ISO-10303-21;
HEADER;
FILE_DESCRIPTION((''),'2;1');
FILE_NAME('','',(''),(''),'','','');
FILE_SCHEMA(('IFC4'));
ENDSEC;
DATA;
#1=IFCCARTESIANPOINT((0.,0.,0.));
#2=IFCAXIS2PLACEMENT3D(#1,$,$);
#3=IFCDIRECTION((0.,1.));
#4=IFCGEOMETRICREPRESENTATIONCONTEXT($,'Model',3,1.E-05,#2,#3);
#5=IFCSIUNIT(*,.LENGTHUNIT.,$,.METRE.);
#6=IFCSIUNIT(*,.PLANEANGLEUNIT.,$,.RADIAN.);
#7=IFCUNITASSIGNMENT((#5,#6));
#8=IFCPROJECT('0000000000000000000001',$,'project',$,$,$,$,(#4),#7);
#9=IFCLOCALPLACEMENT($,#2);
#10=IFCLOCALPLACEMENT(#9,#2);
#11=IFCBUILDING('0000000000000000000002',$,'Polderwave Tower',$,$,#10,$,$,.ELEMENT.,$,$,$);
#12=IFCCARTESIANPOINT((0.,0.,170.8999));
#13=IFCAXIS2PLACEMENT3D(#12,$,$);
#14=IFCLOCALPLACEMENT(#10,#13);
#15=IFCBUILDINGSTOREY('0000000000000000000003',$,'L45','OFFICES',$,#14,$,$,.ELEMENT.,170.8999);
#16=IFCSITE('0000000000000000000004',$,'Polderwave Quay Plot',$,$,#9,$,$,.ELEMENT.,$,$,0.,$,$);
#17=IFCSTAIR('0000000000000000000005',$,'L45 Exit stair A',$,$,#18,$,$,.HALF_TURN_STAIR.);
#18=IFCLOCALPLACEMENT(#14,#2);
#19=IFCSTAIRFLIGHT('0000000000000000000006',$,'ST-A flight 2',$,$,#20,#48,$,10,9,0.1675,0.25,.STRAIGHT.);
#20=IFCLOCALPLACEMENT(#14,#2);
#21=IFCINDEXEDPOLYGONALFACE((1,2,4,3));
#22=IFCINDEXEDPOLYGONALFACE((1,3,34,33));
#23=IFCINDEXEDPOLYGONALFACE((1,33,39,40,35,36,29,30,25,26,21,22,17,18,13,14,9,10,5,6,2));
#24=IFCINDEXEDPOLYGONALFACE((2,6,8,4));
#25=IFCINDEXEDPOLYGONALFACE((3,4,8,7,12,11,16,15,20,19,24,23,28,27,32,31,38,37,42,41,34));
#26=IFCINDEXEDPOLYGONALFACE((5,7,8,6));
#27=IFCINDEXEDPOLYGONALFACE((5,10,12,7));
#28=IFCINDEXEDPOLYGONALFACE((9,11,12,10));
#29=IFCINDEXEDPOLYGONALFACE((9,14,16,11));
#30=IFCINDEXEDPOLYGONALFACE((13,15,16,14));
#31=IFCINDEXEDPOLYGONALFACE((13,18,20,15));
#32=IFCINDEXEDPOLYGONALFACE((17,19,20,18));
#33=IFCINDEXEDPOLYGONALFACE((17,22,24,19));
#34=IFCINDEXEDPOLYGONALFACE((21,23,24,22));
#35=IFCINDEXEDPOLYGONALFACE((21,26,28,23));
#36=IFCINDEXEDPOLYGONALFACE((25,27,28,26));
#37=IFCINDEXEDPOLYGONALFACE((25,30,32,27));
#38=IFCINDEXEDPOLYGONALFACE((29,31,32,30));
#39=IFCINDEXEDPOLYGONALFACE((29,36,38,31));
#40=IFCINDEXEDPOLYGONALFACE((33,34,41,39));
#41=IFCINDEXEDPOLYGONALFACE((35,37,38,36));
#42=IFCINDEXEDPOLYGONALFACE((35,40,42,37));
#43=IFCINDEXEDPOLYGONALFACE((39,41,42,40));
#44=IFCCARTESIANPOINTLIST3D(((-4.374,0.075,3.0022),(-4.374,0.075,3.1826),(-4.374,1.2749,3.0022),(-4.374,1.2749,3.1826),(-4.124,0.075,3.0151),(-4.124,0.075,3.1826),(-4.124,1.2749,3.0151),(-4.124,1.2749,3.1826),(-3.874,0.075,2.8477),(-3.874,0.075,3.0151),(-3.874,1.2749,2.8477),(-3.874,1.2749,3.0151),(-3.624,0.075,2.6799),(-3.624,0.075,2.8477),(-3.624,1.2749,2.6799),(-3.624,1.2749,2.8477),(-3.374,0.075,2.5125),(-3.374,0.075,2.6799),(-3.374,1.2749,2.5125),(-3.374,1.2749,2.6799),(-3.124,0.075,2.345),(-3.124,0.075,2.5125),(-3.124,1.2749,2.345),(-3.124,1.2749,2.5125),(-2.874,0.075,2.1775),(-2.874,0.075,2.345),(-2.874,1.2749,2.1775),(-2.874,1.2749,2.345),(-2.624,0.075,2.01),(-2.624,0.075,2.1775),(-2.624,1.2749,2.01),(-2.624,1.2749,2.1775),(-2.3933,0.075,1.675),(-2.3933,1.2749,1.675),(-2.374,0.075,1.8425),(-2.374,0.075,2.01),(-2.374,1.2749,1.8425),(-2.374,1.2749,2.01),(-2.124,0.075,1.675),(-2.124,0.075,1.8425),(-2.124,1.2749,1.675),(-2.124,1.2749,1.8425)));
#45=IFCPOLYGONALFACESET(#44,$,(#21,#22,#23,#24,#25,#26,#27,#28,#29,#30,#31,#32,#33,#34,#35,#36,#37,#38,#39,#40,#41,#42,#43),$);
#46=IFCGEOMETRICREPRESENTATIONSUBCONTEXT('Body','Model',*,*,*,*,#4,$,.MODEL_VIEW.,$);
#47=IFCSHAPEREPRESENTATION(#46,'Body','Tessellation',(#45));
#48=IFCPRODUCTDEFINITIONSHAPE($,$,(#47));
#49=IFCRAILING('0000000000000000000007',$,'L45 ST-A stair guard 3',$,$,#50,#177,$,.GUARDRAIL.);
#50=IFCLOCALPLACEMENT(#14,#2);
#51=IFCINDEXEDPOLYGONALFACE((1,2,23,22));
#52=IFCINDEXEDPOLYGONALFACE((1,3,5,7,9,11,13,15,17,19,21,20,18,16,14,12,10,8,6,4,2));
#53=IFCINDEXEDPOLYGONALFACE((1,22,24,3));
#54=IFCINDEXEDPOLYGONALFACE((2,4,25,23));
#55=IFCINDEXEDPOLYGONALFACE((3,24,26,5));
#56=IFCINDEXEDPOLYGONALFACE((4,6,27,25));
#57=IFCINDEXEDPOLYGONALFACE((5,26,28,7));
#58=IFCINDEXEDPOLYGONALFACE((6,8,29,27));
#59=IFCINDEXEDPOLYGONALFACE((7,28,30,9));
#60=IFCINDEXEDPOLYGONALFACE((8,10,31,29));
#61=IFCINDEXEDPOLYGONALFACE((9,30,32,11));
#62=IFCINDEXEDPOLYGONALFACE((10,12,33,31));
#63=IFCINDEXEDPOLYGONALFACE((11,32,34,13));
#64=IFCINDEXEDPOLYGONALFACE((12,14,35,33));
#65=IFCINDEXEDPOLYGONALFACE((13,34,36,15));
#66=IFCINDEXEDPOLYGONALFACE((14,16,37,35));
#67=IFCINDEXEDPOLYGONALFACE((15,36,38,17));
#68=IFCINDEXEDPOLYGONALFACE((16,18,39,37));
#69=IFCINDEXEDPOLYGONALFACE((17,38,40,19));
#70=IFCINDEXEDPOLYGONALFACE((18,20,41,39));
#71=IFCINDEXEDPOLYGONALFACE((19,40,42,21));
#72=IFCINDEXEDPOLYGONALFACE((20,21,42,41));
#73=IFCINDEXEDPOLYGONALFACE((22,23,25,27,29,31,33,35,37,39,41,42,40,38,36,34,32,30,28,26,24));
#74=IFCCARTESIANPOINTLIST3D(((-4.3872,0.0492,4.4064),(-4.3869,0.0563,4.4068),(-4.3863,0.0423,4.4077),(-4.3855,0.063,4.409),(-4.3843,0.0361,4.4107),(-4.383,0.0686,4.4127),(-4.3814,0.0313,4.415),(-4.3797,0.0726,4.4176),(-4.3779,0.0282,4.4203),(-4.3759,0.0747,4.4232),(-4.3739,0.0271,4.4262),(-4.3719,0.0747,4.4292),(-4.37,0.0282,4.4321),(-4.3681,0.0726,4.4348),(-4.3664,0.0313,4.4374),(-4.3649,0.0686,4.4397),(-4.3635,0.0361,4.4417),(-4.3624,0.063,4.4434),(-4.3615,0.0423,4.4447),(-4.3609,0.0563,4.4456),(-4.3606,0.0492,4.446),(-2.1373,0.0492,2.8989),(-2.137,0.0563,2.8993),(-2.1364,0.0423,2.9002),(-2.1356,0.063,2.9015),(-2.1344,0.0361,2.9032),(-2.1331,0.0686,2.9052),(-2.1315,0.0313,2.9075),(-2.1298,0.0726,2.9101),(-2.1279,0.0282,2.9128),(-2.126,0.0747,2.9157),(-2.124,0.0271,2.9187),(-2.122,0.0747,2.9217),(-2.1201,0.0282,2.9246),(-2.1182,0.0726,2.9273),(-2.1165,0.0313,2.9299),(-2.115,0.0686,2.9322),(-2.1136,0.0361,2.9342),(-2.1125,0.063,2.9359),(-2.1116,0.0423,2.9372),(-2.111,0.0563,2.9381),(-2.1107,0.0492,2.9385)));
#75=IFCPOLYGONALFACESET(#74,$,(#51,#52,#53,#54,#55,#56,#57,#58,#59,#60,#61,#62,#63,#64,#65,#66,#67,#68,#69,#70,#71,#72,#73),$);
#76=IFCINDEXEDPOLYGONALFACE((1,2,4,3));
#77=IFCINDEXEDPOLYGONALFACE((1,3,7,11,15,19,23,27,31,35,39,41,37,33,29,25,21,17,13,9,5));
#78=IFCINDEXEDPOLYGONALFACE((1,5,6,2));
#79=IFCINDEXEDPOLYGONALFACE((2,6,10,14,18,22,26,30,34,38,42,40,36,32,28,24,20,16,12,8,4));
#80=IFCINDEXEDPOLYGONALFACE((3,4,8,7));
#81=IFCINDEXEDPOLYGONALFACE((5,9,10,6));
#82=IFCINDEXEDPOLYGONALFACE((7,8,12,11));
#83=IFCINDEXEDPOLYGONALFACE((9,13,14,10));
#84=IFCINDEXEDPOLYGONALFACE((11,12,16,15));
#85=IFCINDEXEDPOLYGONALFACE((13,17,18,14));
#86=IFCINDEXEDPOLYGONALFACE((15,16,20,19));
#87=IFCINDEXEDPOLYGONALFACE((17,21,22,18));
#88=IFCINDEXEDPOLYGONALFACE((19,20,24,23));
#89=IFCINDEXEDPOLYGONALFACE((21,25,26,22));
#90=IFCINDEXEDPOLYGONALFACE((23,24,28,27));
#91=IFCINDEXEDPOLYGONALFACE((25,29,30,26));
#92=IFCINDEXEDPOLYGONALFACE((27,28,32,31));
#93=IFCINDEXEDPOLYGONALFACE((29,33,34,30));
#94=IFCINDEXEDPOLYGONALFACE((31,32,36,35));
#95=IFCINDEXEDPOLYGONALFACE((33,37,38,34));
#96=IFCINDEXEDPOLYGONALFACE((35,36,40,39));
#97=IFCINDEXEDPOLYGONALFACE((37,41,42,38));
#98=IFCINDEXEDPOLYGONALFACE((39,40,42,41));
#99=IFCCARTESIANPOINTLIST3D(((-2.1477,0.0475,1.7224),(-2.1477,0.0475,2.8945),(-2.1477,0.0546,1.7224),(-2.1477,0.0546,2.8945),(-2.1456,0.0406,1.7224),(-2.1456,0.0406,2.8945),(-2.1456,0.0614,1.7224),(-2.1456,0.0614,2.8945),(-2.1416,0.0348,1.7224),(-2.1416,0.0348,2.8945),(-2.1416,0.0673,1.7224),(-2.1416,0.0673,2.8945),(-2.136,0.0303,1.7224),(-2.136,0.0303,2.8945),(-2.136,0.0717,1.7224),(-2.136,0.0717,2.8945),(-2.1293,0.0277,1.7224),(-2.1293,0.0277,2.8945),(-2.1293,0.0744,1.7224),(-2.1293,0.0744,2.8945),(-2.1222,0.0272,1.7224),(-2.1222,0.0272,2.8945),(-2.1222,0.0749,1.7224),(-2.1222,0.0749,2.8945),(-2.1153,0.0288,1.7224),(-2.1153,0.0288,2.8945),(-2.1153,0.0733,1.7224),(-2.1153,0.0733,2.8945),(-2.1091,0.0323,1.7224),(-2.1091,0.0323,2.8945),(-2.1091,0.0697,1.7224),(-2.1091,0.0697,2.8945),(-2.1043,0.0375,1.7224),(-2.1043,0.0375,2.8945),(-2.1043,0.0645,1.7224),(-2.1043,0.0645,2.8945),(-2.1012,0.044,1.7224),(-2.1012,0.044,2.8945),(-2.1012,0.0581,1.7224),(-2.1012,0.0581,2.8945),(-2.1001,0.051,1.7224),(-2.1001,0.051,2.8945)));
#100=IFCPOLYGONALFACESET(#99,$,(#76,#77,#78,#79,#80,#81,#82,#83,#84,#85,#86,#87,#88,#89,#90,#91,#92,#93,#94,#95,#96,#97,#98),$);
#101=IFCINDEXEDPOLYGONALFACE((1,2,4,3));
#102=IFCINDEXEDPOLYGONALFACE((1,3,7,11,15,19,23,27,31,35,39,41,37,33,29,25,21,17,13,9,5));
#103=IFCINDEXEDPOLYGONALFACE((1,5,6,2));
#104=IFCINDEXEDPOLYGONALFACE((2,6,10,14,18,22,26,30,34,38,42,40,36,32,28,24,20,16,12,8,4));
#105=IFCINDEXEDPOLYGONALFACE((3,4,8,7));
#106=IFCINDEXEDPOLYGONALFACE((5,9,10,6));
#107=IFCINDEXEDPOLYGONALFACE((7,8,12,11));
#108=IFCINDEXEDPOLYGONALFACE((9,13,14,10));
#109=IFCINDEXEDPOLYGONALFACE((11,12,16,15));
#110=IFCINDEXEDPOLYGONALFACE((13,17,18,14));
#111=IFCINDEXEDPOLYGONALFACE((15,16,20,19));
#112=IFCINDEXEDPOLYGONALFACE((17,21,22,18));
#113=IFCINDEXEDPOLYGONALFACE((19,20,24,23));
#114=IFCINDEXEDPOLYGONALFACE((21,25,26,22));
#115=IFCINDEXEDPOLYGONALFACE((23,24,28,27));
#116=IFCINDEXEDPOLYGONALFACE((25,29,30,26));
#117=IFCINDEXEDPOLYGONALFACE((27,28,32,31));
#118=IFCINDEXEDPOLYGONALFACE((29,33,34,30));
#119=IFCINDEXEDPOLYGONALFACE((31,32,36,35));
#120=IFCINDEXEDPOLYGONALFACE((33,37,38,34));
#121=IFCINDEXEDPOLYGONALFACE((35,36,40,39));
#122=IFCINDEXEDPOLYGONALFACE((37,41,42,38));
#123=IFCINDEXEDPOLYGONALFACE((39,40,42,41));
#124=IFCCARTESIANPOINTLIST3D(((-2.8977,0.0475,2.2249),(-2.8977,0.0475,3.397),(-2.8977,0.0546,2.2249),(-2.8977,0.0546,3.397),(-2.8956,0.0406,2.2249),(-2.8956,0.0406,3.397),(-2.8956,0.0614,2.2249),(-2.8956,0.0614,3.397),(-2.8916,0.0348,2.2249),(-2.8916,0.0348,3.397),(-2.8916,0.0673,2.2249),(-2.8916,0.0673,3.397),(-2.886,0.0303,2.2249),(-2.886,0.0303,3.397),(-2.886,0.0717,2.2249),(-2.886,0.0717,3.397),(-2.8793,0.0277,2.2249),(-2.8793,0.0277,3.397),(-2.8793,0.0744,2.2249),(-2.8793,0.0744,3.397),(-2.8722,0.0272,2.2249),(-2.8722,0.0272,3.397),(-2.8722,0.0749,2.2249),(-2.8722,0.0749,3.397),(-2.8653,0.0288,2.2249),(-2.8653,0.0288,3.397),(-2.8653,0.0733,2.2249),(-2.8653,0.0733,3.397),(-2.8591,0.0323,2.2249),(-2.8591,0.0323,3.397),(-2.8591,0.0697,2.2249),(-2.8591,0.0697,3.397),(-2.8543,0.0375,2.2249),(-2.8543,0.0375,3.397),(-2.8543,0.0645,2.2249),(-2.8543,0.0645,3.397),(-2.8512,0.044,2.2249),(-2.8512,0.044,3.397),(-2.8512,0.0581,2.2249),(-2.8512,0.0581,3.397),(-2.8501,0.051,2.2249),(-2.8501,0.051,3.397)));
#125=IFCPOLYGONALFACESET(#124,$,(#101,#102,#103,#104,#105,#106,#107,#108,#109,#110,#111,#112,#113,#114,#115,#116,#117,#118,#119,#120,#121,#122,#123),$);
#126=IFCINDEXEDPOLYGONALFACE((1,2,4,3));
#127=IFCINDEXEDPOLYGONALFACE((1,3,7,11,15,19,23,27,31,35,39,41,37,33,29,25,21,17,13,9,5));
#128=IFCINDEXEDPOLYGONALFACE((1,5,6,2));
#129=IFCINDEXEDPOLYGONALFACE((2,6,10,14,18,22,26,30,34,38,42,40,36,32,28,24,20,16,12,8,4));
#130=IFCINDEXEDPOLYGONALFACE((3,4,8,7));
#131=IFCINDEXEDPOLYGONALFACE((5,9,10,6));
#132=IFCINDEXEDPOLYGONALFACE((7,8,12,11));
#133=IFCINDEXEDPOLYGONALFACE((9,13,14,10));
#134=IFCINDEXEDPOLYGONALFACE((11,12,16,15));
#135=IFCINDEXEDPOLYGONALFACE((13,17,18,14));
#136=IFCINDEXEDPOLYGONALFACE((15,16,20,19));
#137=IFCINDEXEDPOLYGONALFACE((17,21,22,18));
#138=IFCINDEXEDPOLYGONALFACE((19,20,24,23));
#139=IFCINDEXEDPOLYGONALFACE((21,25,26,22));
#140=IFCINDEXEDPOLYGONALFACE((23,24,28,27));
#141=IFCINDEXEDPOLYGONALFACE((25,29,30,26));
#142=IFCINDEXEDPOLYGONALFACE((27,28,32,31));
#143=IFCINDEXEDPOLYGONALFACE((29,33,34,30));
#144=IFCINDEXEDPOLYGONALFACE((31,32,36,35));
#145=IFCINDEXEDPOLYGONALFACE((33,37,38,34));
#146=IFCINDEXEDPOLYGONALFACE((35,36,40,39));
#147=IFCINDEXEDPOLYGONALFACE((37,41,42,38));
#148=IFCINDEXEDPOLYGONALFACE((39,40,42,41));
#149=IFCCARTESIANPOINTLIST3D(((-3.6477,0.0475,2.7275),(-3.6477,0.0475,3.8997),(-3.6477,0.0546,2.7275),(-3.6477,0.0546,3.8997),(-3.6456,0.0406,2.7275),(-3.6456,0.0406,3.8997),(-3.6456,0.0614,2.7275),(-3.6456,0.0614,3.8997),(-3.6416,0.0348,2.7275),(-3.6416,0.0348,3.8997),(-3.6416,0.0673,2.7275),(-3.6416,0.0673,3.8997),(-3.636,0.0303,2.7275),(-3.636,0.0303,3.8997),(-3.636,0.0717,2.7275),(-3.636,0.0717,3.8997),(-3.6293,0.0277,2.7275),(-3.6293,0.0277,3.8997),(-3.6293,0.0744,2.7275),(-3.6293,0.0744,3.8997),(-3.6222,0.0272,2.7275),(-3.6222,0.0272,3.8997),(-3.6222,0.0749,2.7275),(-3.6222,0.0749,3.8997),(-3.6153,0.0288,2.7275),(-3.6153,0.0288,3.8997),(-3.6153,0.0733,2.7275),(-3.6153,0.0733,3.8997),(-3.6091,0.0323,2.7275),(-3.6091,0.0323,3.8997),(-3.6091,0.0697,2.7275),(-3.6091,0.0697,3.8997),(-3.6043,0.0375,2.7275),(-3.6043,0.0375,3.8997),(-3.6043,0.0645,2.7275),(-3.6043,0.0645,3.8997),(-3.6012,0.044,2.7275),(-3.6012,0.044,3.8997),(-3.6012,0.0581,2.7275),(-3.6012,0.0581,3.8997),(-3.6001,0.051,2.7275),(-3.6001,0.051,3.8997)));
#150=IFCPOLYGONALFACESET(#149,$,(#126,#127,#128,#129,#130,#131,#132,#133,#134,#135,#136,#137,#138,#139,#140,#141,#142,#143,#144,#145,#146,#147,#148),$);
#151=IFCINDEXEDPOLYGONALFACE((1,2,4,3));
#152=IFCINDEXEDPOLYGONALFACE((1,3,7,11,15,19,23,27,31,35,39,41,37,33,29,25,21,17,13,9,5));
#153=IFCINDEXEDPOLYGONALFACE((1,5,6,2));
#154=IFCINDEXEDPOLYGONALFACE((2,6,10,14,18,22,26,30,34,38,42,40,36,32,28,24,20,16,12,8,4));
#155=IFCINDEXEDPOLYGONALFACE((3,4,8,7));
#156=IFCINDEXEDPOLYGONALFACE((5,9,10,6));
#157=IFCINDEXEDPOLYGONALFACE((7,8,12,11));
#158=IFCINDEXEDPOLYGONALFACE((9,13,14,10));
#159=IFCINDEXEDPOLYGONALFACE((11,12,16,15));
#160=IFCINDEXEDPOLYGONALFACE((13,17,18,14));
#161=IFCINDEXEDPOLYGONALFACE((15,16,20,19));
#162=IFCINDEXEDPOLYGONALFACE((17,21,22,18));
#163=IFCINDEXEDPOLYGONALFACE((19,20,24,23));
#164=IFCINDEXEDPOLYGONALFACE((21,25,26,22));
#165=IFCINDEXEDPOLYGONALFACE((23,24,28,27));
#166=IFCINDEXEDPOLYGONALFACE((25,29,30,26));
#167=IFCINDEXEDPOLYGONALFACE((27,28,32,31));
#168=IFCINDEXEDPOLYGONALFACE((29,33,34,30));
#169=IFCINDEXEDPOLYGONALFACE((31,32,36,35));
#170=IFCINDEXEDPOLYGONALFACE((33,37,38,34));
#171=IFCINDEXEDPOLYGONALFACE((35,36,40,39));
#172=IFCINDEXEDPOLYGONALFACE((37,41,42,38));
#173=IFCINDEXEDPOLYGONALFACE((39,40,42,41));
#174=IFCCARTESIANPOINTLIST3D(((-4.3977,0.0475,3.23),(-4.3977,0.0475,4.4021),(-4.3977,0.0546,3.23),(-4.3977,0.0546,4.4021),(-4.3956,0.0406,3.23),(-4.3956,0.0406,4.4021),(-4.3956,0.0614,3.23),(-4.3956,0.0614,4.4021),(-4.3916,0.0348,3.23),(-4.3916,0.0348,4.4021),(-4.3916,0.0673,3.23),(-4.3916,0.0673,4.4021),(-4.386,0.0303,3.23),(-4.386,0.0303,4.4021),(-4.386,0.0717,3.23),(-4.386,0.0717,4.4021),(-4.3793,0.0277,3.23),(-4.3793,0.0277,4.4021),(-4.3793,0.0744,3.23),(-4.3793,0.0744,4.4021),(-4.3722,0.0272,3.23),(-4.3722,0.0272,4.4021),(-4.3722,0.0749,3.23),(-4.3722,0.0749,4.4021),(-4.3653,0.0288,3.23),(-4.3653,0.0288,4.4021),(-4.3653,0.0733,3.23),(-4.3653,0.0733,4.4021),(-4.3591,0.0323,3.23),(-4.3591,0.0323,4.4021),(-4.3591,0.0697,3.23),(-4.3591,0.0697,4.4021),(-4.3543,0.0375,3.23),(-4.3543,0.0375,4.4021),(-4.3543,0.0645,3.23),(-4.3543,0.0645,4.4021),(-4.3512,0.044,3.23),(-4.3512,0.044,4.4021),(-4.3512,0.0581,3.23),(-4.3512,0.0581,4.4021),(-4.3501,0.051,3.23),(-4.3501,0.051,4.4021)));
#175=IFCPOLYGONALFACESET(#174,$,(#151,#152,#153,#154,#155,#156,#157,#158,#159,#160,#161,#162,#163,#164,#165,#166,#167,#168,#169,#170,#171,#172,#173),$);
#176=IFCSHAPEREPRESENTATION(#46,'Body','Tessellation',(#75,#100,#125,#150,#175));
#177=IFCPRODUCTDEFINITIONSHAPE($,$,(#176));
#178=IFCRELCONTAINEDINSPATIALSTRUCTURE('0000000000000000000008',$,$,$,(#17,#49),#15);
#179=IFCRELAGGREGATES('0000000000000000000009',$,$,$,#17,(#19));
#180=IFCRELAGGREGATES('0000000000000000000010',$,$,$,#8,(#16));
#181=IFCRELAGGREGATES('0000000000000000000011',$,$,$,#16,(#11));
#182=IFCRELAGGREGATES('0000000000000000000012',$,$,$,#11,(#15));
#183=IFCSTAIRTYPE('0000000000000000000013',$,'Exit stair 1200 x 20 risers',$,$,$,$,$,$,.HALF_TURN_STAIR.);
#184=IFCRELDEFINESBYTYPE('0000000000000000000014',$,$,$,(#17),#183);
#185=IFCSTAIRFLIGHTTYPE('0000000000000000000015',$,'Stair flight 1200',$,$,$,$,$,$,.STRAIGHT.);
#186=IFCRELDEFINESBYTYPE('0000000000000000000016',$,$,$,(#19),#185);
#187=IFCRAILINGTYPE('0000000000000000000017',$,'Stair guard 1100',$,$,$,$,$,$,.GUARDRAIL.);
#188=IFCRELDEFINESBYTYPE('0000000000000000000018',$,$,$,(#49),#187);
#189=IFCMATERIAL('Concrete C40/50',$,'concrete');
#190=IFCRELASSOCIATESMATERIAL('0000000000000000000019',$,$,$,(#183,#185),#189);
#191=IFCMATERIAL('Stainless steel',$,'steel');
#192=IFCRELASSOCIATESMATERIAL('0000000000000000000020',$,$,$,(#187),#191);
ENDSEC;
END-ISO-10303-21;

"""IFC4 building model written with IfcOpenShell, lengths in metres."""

from ifc_helpers import new_model, si_unit, direction, frame, origin, origin_2d, place, context, subcontext, project, spatial, polyline, circle, outline, extrude, material, type_object, element, aggregate, save


model = new_model("IFC4")

# Units and contexts
model_context = context("Model", 3, precision=1e-05, world=origin(), true_north=direction((0.0, 1.0)))
body_context = subcontext(model_context, "Body", "Model", "MODEL_VIEW")
ifc_project = project(units=[si_unit("LENGTHUNIT", "METRE"), si_unit("PLANEANGLEUNIT", "RADIAN")], contexts=[model_context])

# Site, building, storey
site_placement = place(None, origin())
site = spatial("IfcSite", under=ifc_project, at=site_placement, Name="Polderwave Quay Plot", CompositionType="ELEMENT", RefElevation=0.0)
building_placement = place(site_placement, origin())
building = spatial("IfcBuilding", under=site, at=building_placement, Name="Polderwave Tower", CompositionType="ELEMENT")
storey_placement = place(building_placement, frame((0.0, 0.0, 170.8999)))
storey = spatial("IfcBuildingStorey", under=building, at=storey_placement, Name="L45", Description="OFFICES", CompositionType="ELEMENT", Elevation=170.8999)

# Shared definitions
ifc_material_1 = material(Name="Concrete C40/50", Category="concrete")

# Shared definitions
stair_type = type_object("IfcStairType", Name="Exit stair 1200 x 20 risers", PredefinedType="HALF_TURN_STAIR", material=ifc_material_1)

# Shared definitions
ifc_material_2 = material(Name="Stainless steel", Category="steel")

# Stair, stair flight
stair_1_placement = place(storey_placement, origin())
stair_1 = element("IfcStair", 1, at=stair_1_placement, inside=storey, type_object=stair_type, Name="L45 Exit stair A", PredefinedType="HALF_TURN_STAIR")
stair_flight_type = type_object("IfcStairFlightType", Name="Stair flight 1200", PredefinedType="STRAIGHT", material=ifc_material_1)
stair_flight_placement = place(storey_placement, frame((-2.124, 0.675, 1.675), z_axis=(0.0, 0.0, 1.0), x_axis=(-1.0, 0.0, 0.0)))
stair_flight = element("IfcStairFlight", 2, at=stair_flight_placement, type_object=stair_flight_type, Name="ST-A flight 2", NumberOfRisers=10, NumberOfTreads=9, PredefinedType="STRAIGHT", RiserHeight=0.1675, TreadLength=0.25, context=body_context, shape_type="SweptSolid", body=[
    extrude(outline(polyline([(0.0, 0.0), (0.0, 0.1675), (0.25, 0.1675), (0.25, 0.335), (0.5, 0.335), (0.5, 0.5024), (0.75, 0.5024), (0.75, 0.6699), (1.0, 0.6699), (1.0, 0.8374), (1.25, 0.8374), (1.25, 1.0049), (1.5, 1.0049), (1.5, 1.1726), (1.75, 1.1726), (1.75, 1.3401), (2.0, 1.3401), (2.0, 1.5076), (2.25, 1.5076), (2.25, 1.675), (2.25, 1.3271), (0.2693, 0.0), (0.0, 0.0)])), frame((0.0, 0.6001, 0.0), z_axis=(0.0, -1.0, 0.0), x_axis=(1.0, 0.0, 0.0)), (0.0, 0.0, 1.0), 1.2),
])
aggregate(stair_1, [stair_flight])

# Railing
railing_type_1 = type_object("IfcRailingType", Name="Stair guard 1100", PredefinedType="GUARDRAIL", material=ifc_material_2)
railing_1_placement = place(storey_placement, frame((-2.124, 0.051, 1.7224)))
element("IfcRailing", 3, at=railing_1_placement, inside=storey, type_object=railing_type_1, Name="L45 ST-A stair guard 3", PredefinedType="GUARDRAIL", context=body_context, shape_type="SweptSolid", body=[
    extrude(circle(Radius=0.0239, at=origin_2d()), frame((0.0, 0.0, 1.1963), z_axis=(-0.830758, 0.0, 0.556633), x_axis=(0.0, -1.0, 0.0)), (0.0, 0.0, 1.0), 2.7083),
    extrude(circle(Radius=0.0239, at=origin_2d()), origin(), (0.0, 0.0, 1.0), 1.1721),
    extrude(circle(Radius=0.0239, at=origin_2d()), frame((-0.75, 0.0, 0.5024)), (0.0, 0.0, 1.0), 1.1721),
    extrude(circle(Radius=0.0239, at=origin_2d()), frame((-1.5, 0.0, 1.0051)), (0.0, 0.0, 1.0), 1.1721),
    extrude(circle(Radius=0.0239, at=origin_2d()), frame((-2.25, 0.0, 1.5076)), (0.0, 0.0, 1.0), 1.1721),
])

save(model, "model.ifc")
